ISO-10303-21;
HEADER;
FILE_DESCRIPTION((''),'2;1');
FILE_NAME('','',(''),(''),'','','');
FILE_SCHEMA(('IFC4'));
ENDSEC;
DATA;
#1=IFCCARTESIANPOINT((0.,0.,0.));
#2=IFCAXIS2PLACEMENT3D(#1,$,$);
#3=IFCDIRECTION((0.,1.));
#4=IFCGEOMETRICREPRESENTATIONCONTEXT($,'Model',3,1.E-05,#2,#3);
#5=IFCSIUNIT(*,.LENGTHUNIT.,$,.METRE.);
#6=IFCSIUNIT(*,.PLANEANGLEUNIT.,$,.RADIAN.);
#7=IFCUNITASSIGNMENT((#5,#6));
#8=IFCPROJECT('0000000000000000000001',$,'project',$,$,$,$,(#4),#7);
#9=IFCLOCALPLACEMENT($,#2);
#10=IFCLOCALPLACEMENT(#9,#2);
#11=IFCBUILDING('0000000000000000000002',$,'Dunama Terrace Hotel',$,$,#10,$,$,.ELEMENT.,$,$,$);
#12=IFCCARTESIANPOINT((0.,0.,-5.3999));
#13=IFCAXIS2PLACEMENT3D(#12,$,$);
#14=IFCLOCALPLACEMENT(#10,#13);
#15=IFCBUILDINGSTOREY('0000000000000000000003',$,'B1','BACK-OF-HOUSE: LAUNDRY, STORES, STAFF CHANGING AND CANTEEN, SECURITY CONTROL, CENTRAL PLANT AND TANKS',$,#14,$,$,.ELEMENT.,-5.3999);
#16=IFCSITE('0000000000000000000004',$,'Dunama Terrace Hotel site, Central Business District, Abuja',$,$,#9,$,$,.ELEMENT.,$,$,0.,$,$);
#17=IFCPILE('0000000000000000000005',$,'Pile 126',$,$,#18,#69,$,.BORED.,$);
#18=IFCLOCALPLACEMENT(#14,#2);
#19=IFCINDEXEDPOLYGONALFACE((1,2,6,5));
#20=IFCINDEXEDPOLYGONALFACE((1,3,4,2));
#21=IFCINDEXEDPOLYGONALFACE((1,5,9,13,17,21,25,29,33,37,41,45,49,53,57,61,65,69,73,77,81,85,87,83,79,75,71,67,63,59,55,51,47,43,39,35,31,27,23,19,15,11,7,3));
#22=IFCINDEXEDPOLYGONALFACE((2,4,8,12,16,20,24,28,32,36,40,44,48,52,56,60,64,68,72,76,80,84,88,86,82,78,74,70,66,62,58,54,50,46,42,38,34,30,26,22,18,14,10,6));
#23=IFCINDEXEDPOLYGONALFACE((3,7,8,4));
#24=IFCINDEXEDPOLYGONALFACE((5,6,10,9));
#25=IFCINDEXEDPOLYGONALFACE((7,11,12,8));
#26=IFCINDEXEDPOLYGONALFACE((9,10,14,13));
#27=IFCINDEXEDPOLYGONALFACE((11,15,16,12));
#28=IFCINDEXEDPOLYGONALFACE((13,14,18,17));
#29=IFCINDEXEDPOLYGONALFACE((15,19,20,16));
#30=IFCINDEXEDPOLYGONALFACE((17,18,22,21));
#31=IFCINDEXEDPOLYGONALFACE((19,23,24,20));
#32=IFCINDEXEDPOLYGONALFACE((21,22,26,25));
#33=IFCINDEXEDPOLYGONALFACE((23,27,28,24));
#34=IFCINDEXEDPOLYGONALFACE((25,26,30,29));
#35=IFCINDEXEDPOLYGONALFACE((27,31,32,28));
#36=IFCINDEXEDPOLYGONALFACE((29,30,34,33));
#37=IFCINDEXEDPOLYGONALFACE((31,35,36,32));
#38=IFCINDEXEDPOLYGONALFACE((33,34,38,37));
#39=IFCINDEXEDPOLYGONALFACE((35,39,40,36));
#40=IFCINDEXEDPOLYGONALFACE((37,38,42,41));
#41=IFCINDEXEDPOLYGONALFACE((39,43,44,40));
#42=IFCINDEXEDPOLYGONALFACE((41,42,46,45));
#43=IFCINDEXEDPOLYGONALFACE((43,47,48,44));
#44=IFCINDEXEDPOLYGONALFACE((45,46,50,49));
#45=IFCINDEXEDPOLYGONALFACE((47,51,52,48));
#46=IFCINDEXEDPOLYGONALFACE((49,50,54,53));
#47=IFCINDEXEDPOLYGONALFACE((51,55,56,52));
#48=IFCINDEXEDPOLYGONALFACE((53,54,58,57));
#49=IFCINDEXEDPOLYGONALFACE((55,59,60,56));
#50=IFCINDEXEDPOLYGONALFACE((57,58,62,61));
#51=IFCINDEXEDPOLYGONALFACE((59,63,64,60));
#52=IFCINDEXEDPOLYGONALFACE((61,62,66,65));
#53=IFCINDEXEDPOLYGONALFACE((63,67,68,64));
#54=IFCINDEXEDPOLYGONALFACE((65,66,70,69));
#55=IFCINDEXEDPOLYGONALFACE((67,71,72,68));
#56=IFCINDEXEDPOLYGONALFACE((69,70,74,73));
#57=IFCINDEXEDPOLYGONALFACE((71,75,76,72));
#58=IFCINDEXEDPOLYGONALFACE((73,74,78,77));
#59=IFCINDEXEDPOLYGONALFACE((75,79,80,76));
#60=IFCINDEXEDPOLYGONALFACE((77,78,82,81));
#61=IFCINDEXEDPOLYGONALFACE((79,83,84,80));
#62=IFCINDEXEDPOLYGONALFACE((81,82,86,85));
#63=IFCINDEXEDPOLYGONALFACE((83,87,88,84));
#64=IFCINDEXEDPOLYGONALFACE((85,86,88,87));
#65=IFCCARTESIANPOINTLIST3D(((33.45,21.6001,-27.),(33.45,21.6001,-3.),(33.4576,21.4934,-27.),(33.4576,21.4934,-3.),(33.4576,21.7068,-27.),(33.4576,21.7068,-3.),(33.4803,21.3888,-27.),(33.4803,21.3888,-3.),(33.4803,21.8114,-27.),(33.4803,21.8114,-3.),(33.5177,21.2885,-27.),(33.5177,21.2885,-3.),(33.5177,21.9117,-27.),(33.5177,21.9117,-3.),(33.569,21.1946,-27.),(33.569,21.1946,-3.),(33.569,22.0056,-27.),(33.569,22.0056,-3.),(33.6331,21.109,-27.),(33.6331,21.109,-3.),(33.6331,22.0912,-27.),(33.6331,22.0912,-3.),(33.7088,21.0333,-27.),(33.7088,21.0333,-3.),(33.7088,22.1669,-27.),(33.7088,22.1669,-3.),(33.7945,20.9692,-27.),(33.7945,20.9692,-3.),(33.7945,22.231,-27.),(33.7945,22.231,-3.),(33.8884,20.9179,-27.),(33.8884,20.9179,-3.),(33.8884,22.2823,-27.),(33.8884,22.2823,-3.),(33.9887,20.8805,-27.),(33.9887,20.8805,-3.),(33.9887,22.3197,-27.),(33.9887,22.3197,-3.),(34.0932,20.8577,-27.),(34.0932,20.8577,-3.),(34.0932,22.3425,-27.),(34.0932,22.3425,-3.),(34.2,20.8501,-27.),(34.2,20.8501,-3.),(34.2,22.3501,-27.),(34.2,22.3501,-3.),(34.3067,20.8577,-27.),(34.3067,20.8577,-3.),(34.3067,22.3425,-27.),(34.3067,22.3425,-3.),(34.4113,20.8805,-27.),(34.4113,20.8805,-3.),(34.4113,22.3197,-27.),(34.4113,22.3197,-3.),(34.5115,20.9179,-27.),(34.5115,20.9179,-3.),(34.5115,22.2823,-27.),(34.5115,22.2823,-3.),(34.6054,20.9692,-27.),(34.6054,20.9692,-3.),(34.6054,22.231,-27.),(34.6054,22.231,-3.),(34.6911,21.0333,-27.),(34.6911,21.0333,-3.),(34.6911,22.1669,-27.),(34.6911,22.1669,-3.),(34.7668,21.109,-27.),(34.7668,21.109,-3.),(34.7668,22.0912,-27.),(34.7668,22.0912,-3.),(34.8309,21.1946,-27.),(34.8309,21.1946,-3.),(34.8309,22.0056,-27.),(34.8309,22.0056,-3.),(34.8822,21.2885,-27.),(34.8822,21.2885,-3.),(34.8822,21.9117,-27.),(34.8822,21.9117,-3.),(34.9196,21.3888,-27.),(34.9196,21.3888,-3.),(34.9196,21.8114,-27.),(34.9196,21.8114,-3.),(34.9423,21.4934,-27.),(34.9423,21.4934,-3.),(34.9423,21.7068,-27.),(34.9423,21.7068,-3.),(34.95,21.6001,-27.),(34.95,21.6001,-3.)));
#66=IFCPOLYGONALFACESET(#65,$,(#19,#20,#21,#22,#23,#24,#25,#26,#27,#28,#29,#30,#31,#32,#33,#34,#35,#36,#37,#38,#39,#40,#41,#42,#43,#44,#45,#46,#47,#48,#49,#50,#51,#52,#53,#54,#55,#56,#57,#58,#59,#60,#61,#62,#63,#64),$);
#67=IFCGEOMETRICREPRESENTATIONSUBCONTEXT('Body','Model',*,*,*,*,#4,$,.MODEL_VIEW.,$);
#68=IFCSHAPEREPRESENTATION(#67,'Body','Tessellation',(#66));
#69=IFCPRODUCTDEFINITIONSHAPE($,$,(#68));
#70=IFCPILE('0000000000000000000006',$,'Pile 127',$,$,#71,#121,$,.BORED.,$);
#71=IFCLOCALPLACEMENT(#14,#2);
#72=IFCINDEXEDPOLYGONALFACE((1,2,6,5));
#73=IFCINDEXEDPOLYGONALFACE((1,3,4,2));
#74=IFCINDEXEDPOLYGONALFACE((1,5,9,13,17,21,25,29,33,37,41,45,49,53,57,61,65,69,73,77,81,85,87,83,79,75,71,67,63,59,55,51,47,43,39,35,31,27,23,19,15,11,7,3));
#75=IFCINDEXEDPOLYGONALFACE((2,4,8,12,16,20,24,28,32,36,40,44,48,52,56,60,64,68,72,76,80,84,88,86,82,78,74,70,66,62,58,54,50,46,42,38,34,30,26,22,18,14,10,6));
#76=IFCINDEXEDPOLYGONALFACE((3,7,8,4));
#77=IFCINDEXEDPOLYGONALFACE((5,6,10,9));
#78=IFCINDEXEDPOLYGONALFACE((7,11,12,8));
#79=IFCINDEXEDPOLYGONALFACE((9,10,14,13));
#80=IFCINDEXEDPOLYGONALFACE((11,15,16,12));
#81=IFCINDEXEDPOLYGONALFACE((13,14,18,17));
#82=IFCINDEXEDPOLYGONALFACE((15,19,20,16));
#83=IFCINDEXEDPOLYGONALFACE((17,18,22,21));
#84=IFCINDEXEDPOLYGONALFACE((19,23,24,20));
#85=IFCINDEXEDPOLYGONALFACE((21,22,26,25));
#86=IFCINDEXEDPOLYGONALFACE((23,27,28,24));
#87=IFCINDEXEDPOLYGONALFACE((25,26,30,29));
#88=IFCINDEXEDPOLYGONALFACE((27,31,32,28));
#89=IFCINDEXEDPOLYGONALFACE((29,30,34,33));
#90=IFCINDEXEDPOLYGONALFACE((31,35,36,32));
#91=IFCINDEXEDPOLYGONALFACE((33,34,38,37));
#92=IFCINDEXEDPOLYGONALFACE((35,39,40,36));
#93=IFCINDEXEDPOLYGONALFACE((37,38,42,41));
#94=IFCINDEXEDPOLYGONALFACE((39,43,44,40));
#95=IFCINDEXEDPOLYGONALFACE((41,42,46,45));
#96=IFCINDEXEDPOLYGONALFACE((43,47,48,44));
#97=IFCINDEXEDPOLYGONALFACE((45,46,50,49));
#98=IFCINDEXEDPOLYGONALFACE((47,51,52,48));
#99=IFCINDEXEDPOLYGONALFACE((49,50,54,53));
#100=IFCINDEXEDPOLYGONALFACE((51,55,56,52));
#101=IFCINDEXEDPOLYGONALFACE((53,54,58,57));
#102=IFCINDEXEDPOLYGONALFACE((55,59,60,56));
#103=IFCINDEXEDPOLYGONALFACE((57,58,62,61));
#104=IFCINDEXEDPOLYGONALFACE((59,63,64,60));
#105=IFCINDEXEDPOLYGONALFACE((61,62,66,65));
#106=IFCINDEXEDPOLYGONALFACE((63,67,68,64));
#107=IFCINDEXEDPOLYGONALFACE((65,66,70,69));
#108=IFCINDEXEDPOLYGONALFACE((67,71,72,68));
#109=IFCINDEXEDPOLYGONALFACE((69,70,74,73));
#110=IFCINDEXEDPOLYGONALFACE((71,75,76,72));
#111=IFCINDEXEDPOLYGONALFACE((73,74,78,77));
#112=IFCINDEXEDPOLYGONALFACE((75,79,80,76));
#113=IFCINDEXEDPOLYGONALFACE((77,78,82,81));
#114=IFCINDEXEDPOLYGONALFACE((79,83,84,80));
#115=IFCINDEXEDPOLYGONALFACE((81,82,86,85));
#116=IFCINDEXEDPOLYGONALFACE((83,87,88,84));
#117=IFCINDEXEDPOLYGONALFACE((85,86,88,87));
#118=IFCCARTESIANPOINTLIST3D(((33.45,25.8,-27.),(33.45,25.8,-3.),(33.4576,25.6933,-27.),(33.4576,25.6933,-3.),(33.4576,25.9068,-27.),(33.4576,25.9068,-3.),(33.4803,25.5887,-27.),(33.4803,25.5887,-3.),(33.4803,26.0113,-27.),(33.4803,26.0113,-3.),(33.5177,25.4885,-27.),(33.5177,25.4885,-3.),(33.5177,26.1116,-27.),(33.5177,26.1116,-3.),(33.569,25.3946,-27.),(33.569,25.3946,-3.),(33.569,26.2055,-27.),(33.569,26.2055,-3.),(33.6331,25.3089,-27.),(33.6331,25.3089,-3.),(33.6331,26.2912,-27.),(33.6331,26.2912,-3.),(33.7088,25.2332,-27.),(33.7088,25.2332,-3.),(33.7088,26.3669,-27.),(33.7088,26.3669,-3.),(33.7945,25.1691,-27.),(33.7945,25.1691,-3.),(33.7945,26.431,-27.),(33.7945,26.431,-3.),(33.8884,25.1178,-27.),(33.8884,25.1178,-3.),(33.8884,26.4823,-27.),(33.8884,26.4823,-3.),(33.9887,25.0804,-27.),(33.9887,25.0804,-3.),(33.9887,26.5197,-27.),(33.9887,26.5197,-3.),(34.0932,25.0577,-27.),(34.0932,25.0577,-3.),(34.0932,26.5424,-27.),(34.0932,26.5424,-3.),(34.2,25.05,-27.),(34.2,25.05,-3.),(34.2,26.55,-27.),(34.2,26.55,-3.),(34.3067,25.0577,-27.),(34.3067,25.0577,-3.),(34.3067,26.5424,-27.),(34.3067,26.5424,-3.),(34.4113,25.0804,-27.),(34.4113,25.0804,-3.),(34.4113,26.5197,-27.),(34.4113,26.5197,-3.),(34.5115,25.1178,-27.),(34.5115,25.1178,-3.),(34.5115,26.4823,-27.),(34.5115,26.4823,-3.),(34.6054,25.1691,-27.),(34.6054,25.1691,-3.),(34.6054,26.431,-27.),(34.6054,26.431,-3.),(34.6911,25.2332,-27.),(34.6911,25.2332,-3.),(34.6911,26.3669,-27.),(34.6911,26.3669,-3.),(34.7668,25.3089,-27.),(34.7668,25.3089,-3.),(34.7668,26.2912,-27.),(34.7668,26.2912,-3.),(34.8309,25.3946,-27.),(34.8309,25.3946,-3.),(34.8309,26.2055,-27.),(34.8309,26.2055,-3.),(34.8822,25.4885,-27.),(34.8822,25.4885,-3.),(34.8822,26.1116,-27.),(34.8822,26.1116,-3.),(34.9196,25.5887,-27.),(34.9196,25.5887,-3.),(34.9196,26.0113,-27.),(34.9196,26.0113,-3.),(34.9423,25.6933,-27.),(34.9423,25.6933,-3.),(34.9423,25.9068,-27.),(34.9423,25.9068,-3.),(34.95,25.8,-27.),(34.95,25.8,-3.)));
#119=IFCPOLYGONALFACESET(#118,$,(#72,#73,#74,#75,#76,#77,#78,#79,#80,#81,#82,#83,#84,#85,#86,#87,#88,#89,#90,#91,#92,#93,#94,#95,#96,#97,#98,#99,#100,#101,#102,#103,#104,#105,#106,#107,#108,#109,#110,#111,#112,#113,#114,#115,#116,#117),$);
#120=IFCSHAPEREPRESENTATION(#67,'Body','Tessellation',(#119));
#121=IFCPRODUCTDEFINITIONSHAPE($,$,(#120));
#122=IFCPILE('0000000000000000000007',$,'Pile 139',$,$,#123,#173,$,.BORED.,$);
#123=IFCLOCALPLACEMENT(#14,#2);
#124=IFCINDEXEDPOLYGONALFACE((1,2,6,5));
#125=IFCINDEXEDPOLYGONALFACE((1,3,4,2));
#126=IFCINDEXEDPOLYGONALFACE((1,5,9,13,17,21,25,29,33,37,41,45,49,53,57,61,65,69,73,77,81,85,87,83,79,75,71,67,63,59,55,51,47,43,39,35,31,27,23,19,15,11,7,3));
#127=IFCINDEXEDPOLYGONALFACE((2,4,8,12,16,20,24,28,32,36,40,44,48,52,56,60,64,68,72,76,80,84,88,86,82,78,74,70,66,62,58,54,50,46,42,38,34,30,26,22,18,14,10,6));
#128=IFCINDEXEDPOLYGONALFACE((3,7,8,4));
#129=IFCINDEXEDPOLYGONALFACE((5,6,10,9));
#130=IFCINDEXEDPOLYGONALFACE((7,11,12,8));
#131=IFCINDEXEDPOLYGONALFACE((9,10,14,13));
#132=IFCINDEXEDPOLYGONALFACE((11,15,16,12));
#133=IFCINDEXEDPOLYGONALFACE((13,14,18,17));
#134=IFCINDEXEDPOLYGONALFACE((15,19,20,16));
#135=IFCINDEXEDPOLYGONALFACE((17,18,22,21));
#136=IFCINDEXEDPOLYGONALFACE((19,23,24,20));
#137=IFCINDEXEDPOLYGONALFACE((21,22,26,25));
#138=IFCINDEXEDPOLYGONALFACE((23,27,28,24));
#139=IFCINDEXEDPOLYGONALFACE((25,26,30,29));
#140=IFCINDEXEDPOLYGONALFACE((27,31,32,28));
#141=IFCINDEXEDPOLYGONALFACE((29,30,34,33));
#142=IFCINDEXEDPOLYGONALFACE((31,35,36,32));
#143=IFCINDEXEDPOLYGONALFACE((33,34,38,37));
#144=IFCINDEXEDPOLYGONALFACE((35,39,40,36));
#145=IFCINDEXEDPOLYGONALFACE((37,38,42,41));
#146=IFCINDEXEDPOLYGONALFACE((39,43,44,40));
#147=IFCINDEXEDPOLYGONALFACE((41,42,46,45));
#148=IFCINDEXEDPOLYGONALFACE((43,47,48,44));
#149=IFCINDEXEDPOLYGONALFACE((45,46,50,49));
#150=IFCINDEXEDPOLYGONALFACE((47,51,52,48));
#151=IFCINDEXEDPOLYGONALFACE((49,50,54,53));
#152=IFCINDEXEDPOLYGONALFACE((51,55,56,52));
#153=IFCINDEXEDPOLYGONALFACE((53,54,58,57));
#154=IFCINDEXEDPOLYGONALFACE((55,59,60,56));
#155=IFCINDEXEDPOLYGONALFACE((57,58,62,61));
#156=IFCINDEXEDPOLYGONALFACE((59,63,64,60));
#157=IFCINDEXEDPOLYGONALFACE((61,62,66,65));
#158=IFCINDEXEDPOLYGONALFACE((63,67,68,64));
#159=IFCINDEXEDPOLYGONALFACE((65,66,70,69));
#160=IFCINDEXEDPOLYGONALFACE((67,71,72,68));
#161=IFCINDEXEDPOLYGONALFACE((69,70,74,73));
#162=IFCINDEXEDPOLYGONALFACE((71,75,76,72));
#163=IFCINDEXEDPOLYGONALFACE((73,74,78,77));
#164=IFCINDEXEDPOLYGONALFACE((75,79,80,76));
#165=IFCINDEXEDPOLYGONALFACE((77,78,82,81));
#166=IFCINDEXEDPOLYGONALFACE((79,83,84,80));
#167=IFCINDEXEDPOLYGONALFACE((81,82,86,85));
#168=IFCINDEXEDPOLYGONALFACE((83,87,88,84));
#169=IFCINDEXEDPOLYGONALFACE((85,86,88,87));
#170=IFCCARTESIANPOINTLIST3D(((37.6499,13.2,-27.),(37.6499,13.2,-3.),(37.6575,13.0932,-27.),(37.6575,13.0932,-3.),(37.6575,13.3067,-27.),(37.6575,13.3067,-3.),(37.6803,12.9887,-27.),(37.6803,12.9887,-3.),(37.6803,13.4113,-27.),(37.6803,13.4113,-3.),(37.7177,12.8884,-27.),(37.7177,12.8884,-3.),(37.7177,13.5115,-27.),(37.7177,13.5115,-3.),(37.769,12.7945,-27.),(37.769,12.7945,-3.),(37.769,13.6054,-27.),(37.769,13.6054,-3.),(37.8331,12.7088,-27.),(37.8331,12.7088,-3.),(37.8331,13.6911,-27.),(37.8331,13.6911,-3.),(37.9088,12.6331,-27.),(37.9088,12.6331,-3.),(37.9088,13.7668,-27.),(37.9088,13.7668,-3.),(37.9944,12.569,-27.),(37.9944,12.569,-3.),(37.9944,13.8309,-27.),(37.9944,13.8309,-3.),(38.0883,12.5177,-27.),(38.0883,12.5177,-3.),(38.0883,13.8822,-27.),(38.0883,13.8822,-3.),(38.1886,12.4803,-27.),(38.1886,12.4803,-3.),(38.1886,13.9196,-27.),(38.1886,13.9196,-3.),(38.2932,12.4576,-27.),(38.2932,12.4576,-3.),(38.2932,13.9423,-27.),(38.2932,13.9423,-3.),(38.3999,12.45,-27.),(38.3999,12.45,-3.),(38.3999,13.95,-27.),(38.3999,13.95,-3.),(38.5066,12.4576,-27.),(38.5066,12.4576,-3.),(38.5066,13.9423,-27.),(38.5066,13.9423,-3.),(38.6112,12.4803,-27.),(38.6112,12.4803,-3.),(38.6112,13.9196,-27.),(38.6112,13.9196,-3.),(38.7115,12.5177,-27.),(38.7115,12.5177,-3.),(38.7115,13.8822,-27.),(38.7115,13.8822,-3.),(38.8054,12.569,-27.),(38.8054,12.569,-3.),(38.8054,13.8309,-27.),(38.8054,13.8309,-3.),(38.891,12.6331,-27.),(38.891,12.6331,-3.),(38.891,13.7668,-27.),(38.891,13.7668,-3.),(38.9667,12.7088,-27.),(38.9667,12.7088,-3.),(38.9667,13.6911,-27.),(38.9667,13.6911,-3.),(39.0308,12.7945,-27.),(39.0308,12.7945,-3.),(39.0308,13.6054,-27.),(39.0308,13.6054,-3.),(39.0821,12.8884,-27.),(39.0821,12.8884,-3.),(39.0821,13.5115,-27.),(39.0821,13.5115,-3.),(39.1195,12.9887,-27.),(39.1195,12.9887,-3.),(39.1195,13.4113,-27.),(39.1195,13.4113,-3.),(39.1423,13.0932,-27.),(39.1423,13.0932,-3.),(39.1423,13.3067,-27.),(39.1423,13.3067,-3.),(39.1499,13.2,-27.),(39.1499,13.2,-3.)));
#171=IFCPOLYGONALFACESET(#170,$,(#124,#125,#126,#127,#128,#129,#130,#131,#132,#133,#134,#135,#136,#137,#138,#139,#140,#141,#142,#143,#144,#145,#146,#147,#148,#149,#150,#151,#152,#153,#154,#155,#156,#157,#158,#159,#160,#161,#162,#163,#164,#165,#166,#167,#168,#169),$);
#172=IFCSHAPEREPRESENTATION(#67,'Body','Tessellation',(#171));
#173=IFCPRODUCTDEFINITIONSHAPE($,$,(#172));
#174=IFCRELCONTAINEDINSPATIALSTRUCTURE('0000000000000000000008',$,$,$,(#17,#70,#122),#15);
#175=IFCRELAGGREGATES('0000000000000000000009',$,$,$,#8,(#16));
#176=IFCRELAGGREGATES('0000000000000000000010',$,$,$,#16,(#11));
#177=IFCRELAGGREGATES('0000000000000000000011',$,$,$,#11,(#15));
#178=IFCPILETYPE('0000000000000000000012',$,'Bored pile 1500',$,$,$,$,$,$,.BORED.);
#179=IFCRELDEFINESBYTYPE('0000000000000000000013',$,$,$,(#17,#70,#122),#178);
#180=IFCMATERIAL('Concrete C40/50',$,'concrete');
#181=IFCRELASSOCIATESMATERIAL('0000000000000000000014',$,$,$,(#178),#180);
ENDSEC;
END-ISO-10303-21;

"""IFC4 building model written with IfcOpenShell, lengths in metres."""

from ifc_helpers import new_model, si_unit, direction, frame, origin, origin_2d, place, context, subcontext, project, spatial, circle, extrude, material, material_profile, profile_set, type_object, element, save


model = new_model("IFC4")

# Units and contexts
model_context = context("Model", 3, precision=1e-05, world=origin(), true_north=direction((0.0, 1.0)))
body_context = subcontext(model_context, "Body", "Model", "MODEL_VIEW")
ifc_project = project(units=[si_unit("LENGTHUNIT", "METRE"), si_unit("PLANEANGLEUNIT", "RADIAN")], contexts=[model_context])

# Site, building, storey
site_placement = place(None, origin())
site = spatial("IfcSite", under=ifc_project, at=site_placement, Name="Dunama Terrace Hotel site, Central Business District, Abuja", CompositionType="ELEMENT", RefElevation=0.0)
building_placement = place(site_placement, origin())
building = spatial("IfcBuilding", under=site, at=building_placement, Name="Dunama Terrace Hotel", CompositionType="ELEMENT")
storey_placement = place(building_placement, frame((0.0, 0.0, -5.3999)))
storey = spatial("IfcBuildingStorey", under=building, at=storey_placement, Name="B1", Description="BACK-OF-HOUSE: LAUNDRY, STORES, STAFF CHANGING AND CANTEEN, SECURITY CONTROL, CENTRAL PLANT AND TANKS", CompositionType="ELEMENT", Elevation=-5.3999)

# Piles
ifc_material_1 = material(Name="Concrete C40/50", Category="concrete")
ifc_material_profile = material_profile(ifc_material_1, circle(Radius=0.75, at=origin_2d()), Name="PILE D1500")
ifc_profile_set = profile_set([ifc_material_profile], Name="Concrete C40/50")
pile_type = type_object("IfcPileType", Name="Bored pile 1500", PredefinedType="BORED", material=ifc_profile_set)
for number, where, z_axis, x_axis, name in (
    (1, (34.2, 21.6001, -3.0), (0.0, 0.0, -1.0), (1.0, 0.0, 0.0), "Pile 126"),
    (2, (34.2, 25.8, -3.0), (0.0, 0.0, -1.0), (1.0, 0.0, 0.0), "Pile 127"),
    (3, (38.3999, 13.2, -3.0), (0.0, 0.0, -1.0), (1.0, 0.0, 0.0), "Pile 139"),
):
    element("IfcPile", number, at=place(storey_placement, frame(where, z_axis=z_axis, x_axis=x_axis)), inside=storey, type_object=pile_type, Name=name, PredefinedType="BORED", context=body_context, shape_type="SweptSolid", body=[
        extrude(circle(Radius=0.75, at=origin_2d()), origin(), (0.0, 0.0, 1.0), 24.0),
    ])

save(model, "model.ifc")
